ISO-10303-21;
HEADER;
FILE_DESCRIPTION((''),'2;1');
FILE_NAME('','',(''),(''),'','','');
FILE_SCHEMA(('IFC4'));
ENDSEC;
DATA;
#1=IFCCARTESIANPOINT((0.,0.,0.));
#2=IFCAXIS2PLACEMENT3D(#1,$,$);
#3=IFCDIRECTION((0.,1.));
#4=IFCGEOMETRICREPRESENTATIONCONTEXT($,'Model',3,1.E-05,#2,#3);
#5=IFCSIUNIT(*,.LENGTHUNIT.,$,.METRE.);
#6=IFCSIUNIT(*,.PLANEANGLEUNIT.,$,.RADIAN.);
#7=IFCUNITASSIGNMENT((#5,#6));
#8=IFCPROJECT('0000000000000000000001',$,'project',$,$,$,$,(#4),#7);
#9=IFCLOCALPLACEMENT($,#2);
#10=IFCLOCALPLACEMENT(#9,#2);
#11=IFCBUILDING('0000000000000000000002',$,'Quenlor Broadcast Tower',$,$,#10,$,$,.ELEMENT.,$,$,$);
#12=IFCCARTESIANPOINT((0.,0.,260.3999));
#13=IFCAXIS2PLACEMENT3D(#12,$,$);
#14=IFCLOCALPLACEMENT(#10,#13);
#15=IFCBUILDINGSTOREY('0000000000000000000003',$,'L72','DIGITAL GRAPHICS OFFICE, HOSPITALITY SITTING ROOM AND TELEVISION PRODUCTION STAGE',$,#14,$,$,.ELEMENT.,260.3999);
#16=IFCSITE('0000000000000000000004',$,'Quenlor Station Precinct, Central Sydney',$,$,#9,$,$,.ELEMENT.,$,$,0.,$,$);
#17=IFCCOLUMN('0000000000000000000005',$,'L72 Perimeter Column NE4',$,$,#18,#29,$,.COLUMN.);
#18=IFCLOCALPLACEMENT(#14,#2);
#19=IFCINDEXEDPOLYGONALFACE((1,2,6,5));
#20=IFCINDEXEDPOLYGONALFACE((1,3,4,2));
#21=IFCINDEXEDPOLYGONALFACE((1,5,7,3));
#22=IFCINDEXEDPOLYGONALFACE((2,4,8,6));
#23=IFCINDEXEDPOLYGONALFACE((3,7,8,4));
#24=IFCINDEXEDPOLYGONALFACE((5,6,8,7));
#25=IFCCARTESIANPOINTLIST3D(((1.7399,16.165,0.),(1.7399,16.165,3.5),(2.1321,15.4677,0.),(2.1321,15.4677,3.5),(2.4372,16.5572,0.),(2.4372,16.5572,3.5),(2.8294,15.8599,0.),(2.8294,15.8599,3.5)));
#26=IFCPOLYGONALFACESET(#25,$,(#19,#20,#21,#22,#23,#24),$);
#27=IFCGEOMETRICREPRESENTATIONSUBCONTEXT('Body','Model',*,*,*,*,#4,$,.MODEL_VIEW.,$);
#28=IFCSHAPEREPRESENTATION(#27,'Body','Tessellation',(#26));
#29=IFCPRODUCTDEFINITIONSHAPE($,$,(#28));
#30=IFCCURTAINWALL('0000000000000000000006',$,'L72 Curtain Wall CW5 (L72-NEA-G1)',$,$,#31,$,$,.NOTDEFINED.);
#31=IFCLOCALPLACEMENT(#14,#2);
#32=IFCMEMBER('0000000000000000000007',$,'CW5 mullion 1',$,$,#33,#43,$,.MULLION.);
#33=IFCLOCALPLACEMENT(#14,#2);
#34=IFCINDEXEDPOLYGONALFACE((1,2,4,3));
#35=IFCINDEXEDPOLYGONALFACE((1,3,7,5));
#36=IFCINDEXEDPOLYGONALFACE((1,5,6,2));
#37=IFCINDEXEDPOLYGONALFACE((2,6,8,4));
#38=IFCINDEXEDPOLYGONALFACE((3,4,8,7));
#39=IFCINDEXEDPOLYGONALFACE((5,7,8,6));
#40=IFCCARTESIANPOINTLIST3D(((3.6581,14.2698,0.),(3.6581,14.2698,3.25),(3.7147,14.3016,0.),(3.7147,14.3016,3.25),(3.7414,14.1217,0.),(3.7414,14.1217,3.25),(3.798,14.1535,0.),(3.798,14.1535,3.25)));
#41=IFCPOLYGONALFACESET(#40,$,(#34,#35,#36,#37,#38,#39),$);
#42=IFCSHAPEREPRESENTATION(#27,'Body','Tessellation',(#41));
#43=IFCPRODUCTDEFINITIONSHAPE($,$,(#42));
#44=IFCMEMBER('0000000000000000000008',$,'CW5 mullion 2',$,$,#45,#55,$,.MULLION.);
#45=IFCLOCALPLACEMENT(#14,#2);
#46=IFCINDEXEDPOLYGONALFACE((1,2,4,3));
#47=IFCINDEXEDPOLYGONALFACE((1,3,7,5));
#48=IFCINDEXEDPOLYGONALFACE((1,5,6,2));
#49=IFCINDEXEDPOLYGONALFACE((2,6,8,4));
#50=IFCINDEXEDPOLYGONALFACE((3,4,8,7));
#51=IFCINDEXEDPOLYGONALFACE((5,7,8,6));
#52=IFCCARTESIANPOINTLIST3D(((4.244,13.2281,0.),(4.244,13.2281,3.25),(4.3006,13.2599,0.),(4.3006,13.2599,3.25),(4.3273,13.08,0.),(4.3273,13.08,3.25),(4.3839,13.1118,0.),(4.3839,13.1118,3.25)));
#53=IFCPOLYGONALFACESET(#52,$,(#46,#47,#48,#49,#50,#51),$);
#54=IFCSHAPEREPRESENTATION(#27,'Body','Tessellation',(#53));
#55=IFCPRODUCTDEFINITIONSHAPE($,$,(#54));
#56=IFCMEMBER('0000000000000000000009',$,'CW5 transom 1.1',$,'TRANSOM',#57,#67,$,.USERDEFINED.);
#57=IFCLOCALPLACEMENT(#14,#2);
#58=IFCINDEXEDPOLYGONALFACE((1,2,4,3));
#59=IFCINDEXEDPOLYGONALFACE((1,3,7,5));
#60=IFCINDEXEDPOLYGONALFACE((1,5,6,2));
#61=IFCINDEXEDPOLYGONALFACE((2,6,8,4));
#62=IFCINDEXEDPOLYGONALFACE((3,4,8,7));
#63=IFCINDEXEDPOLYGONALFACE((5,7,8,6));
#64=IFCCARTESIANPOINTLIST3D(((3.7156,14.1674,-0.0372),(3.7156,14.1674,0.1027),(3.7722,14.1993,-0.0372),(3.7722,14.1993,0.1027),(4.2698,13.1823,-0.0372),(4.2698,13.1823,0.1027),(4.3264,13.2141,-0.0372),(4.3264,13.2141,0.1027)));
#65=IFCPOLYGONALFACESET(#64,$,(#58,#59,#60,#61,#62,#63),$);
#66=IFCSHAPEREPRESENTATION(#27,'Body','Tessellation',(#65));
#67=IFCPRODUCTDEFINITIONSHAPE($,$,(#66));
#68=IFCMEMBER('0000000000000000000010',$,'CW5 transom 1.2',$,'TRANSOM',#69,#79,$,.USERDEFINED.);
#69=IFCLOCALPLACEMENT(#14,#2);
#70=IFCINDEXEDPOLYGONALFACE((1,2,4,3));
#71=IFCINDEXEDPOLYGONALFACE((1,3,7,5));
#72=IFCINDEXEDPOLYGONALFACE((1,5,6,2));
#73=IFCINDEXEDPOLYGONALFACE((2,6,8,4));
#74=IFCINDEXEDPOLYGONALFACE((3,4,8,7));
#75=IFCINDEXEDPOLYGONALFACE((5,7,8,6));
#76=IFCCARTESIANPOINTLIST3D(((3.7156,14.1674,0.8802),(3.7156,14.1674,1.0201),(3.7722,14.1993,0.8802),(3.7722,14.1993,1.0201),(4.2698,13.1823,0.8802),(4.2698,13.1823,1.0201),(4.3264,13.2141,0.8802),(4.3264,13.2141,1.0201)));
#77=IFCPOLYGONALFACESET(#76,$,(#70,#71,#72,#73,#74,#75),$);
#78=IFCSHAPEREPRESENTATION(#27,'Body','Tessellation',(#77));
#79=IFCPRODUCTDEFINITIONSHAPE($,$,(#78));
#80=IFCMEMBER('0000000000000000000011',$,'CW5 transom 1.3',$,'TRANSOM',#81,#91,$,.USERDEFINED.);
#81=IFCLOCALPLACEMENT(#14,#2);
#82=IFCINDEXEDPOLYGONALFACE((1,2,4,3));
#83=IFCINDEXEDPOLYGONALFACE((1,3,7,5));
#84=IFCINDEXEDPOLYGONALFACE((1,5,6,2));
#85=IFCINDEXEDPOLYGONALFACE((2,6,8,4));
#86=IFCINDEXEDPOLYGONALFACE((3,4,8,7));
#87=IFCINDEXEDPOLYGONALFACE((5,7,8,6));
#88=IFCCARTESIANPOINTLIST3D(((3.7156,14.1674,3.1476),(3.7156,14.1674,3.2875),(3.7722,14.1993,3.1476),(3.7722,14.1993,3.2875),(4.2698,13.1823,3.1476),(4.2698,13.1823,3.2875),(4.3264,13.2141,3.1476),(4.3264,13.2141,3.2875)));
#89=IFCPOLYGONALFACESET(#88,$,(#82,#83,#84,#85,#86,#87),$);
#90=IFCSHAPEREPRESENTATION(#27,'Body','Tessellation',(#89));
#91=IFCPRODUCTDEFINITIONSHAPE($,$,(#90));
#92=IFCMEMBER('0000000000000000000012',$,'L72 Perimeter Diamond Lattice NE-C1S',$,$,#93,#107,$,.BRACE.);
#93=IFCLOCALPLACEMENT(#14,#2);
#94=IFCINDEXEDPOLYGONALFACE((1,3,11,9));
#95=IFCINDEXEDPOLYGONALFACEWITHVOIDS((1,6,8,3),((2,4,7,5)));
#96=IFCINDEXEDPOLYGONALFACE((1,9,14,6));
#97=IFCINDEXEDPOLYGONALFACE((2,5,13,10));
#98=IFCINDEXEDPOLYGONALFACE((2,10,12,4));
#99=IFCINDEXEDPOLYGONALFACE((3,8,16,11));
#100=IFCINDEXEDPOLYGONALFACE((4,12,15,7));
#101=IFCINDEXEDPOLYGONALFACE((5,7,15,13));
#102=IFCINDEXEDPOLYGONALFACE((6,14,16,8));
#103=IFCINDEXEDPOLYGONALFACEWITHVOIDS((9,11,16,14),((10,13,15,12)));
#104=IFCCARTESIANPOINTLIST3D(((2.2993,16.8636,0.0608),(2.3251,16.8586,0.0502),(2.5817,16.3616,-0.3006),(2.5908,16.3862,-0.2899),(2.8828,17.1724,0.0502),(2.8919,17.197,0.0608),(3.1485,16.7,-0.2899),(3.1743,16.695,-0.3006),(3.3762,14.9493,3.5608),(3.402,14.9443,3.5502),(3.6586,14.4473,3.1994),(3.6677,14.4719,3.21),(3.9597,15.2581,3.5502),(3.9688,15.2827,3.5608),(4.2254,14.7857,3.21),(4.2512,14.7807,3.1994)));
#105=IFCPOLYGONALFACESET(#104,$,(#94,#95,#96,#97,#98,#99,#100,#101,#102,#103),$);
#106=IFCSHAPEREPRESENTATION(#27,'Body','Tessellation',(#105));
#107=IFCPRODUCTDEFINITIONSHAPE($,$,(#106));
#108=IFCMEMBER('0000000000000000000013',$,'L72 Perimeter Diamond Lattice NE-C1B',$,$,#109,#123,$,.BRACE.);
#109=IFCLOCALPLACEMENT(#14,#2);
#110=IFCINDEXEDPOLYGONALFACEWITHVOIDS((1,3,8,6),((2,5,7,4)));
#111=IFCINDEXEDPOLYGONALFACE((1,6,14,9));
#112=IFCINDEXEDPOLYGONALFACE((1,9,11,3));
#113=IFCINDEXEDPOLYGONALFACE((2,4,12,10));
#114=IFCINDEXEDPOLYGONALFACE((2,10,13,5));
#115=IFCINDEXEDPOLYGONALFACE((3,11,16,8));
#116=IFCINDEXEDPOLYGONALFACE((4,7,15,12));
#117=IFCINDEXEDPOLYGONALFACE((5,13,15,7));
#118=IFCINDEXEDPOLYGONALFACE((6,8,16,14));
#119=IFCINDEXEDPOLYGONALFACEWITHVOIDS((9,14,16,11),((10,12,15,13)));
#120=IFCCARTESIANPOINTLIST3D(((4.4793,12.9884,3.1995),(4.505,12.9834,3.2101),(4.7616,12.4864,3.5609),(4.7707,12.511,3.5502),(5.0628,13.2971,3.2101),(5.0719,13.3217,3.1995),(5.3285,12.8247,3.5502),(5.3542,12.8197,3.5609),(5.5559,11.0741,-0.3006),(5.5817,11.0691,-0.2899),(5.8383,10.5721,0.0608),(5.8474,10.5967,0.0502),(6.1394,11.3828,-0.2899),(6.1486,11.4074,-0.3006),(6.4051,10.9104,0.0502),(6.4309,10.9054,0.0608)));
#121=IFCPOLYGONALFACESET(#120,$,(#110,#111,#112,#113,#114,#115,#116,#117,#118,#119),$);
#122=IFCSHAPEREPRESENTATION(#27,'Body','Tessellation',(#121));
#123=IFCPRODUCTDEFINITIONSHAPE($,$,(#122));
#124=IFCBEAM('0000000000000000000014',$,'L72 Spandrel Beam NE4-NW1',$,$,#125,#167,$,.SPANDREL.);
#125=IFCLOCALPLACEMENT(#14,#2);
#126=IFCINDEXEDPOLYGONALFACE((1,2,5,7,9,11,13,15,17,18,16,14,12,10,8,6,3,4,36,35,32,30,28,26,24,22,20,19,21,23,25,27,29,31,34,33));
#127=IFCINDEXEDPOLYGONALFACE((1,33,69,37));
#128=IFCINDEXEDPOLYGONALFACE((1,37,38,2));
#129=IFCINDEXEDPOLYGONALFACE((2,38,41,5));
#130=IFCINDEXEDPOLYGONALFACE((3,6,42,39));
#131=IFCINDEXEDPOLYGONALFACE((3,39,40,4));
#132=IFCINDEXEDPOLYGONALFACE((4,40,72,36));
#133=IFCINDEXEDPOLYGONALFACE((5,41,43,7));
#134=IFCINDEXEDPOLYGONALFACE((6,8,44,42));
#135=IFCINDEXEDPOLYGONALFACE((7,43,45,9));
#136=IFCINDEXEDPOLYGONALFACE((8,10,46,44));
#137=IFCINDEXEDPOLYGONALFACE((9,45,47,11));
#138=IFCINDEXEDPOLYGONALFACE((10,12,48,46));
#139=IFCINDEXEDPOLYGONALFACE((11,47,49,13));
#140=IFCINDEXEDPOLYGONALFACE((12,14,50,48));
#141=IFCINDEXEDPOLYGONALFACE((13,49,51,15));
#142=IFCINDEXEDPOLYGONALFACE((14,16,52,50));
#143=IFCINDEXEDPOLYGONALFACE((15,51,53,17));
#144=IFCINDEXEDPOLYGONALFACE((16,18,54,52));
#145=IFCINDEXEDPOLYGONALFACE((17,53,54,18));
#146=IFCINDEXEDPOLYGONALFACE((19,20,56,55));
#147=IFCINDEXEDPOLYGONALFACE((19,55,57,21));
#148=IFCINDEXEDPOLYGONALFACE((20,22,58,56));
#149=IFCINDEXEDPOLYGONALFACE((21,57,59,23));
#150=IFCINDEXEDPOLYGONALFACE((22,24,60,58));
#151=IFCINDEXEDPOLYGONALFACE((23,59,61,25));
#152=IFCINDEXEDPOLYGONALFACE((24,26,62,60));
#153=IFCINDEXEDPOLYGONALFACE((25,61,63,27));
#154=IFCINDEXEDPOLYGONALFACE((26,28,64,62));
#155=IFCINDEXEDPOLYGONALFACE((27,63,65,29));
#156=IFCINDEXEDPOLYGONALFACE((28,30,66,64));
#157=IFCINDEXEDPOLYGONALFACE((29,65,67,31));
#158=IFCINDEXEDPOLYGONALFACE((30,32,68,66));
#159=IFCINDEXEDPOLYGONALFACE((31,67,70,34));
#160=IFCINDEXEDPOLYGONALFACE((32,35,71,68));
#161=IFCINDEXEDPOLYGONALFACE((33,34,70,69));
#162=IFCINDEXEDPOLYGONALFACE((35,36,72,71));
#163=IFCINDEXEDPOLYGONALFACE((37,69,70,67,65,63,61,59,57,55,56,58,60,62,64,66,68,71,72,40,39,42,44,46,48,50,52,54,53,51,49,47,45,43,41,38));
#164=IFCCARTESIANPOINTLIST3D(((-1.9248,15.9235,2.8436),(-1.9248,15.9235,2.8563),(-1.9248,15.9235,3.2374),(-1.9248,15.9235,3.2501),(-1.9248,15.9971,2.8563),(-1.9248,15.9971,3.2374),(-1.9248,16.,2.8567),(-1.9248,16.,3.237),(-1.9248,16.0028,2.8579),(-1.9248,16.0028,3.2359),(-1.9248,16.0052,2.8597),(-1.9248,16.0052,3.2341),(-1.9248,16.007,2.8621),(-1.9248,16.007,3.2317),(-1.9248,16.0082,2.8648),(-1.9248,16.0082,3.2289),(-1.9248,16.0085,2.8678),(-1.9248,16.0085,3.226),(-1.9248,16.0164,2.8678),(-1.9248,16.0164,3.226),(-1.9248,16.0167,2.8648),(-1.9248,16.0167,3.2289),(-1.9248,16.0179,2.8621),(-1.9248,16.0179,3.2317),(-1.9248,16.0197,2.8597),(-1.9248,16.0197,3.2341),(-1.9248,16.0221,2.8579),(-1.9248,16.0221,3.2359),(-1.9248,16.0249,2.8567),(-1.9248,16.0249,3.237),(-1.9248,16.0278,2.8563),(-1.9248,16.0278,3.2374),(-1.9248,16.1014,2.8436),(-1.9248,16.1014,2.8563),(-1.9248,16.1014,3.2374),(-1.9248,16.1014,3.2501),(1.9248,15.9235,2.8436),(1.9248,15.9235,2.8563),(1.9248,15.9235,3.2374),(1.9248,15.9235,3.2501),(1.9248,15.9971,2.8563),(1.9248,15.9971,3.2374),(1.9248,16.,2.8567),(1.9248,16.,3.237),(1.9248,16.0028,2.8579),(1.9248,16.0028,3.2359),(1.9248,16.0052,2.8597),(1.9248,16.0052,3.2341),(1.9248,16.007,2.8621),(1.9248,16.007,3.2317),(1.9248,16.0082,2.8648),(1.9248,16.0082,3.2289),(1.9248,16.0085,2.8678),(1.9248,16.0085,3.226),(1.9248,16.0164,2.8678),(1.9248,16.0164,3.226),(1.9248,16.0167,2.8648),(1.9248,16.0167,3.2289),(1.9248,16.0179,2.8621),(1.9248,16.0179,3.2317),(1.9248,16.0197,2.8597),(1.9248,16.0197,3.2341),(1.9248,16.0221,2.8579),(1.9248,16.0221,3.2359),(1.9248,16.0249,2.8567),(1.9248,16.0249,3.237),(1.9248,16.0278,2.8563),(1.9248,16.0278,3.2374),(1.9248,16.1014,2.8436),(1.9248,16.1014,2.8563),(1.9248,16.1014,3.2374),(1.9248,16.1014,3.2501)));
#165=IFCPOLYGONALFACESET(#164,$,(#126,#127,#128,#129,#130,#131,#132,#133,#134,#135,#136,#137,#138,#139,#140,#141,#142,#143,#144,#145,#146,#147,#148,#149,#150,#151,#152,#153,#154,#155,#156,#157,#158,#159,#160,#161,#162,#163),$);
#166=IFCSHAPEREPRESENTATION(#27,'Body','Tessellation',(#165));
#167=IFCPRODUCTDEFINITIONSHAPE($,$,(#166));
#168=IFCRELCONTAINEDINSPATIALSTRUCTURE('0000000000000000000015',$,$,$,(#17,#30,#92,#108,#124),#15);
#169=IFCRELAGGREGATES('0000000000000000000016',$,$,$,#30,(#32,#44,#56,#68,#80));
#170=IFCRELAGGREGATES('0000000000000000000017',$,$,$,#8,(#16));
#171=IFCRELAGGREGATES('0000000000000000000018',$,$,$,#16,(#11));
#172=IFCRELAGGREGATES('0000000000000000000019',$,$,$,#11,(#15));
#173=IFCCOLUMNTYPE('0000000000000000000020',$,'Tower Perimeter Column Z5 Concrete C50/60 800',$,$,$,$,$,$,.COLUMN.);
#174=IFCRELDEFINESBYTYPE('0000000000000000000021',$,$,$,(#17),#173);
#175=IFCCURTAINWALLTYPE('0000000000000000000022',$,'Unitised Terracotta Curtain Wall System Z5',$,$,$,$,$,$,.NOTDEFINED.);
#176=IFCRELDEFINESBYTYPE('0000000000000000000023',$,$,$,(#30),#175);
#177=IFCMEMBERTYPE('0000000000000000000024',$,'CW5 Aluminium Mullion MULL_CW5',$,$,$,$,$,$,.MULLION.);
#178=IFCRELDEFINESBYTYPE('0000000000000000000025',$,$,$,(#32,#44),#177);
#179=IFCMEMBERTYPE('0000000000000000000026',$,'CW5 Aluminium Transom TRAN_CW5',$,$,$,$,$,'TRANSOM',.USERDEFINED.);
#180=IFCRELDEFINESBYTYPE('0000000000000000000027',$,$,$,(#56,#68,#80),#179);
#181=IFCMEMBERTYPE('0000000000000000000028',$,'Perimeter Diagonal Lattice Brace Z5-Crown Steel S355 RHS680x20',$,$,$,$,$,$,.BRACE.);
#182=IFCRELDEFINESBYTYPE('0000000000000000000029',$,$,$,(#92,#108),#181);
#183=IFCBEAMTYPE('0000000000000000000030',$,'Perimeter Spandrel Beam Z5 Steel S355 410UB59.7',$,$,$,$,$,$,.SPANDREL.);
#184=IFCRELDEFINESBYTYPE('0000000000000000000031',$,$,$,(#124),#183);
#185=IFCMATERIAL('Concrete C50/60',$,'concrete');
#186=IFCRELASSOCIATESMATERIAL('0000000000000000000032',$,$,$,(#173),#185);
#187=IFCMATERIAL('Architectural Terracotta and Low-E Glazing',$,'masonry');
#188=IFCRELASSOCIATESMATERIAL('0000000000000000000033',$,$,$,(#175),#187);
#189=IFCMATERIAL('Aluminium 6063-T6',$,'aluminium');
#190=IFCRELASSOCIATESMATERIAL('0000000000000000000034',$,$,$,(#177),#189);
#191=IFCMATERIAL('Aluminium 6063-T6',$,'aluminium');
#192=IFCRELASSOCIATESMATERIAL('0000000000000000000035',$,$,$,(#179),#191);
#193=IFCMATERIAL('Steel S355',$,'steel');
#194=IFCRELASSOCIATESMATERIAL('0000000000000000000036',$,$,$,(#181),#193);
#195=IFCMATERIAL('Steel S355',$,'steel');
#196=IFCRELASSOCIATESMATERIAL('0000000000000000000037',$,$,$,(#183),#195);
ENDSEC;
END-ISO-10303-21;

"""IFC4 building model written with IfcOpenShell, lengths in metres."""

from ifc_helpers import new_model, si_unit, direction, frame, origin, origin_2d, place, context, subcontext, project, spatial, rectangle, hollow_rectangle, i_section, extrude, material, material_profile, profile_set, type_object, element, aggregate, save


model = new_model("IFC4")

# Units and contexts
model_context = context("Model", 3, precision=1e-05, world=origin(), true_north=direction((0.0, 1.0)))
body_context = subcontext(model_context, "Body", "Model", "MODEL_VIEW")
ifc_project = project(units=[si_unit("LENGTHUNIT", "METRE"), si_unit("PLANEANGLEUNIT", "RADIAN")], contexts=[model_context])

# Site, building, storey
site_placement = place(None, origin())
site = spatial("IfcSite", under=ifc_project, at=site_placement, Name="Quenlor Station Precinct, Central Sydney", CompositionType="ELEMENT", RefElevation=0.0)
building_placement = place(site_placement, origin())
building = spatial("IfcBuilding", under=site, at=building_placement, Name="Quenlor Broadcast Tower", CompositionType="ELEMENT")
storey_placement = place(building_placement, frame((0.0, 0.0, 260.3999)))
storey = spatial("IfcBuildingStorey", under=building, at=storey_placement, Name="L72", Description="DIGITAL GRAPHICS OFFICE, HOSPITALITY SITTING ROOM AND TELEVISION PRODUCTION STAGE", CompositionType="ELEMENT", Elevation=260.3999)

# Column
ifc_material_1 = material(Name="Concrete C50/60", Category="concrete")
ifc_material_profile_1 = material_profile(ifc_material_1, rectangle(XDim=0.8, YDim=0.8, at=origin_2d()))
ifc_profile_set_1 = profile_set([ifc_material_profile_1], Name="Concrete C50/60 RC800x800")
column_type = type_object("IfcColumnType", Name="Tower Perimeter Column Z5 Concrete C50/60 800", PredefinedType="COLUMN", material=ifc_profile_set_1)
column_placement = place(storey_placement, frame((2.2847, 16.0125, 0.0), z_axis=(0.0, 0.0, 1.0), x_axis=(0.871575, 0.490262, 0.0)))
element("IfcColumn", 1, at=column_placement, inside=storey, type_object=column_type, Name="L72 Perimeter Column NE4", PredefinedType="COLUMN", context=body_context, shape_type="SweptSolid", body=[
    extrude(rectangle(XDim=0.8, YDim=0.8, at=origin_2d()), origin(), (0.0, 0.0, 1.0), 3.5),
])

# Curtain wall, members
ifc_material_2 = material(Name="Architectural Terracotta and Low-E Glazing", Category="masonry")
curtain_wall_type = type_object("IfcCurtainWallType", Name="Unitised Terracotta Curtain Wall System Z5", PredefinedType="NOTDEFINED", material=ifc_material_2)
curtain_wall_placement = place(storey_placement, origin())
curtain_wall = element("IfcCurtainWall", 2, at=curtain_wall_placement, inside=storey, type_object=curtain_wall_type, Name="L72 Curtain Wall CW5 (L72-NEA-G1)", PredefinedType="NOTDEFINED")
ifc_material_3 = material(Name="Aluminium 6063-T6", Category="aluminium")
ifc_material_profile_2 = material_profile(ifc_material_3, rectangle(XDim=0.0649, YDim=0.1699, at=origin_2d()))
ifc_profile_set_2 = profile_set([ifc_material_profile_2], Name="Aluminium 6063-T6 MULL65x170")
member_type_1 = type_object("IfcMemberType", Name="CW5 Aluminium Mullion MULL_CW5", PredefinedType="MULLION", material=ifc_profile_set_2)
member_1_placement = place(storey_placement, frame((3.728, 14.2117, 0.0), z_axis=(0.0, 0.0, 1.0), x_axis=(0.871559, 0.490291, 0.0)))
member_1 = element("IfcMember", 3, at=member_1_placement, type_object=member_type_1, Name="CW5 mullion 1", PredefinedType="MULLION", context=body_context, shape_type="SweptSolid", body=[
    extrude(rectangle(XDim=0.0649, YDim=0.1699, at=origin_2d()), origin(), (0.0, 0.0, 1.0), 3.25),
])
member_2_placement = place(storey_placement, frame((4.314, 13.1699, 0.0), z_axis=(0.0, 0.0, 1.0), x_axis=(0.871559, 0.490291, 0.0)))
member_2 = element("IfcMember", 4, at=member_2_placement, type_object=member_type_1, Name="CW5 mullion 2", PredefinedType="MULLION", context=body_context, shape_type="SweptSolid", body=[
    extrude(rectangle(XDim=0.0649, YDim=0.1699, at=origin_2d()), origin(), (0.0, 0.0, 1.0), 3.25),
])
ifc_material_4 = material(Name="Aluminium 6063-T6", Category="aluminium")
ifc_material_profile_3 = material_profile(ifc_material_4, rectangle(XDim=0.0649, YDim=0.1399, at=origin_2d()))
ifc_profile_set_3 = profile_set([ifc_material_profile_3], Name="Aluminium 6063-T6 TRAN65x140")
member_type_2 = type_object("IfcMemberType", Name="CW5 Aluminium Transom TRAN_CW5", ElementType="TRANSOM", PredefinedType="USERDEFINED", material=ifc_profile_set_3)
member_3_placement = place(storey_placement, frame((3.7439, 14.1833, 0.0327), z_axis=(0.490313, -0.871547, 0.0), x_axis=(0.871547, 0.490313, 0.0)))
member_3 = element("IfcMember", 5, at=member_3_placement, type_object=member_type_2, Name="CW5 transom 1.1", ObjectType="TRANSOM", PredefinedType="USERDEFINED", context=body_context, shape_type="SweptSolid", body=[
    extrude(rectangle(XDim=0.0649, YDim=0.1399, at=origin_2d()), origin(), (0.0, 0.0, 1.0), 1.1304),
])
member_4_placement = place(storey_placement, frame((3.7439, 14.1833, 0.9502), z_axis=(0.490313, -0.871547, 0.0), x_axis=(0.871547, 0.490313, 0.0)))
member_4 = element("IfcMember", 6, at=member_4_placement, type_object=member_type_2, Name="CW5 transom 1.2", ObjectType="TRANSOM", PredefinedType="USERDEFINED", context=body_context, shape_type="SweptSolid", body=[
    extrude(rectangle(XDim=0.0649, YDim=0.1399, at=origin_2d()), origin(), (0.0, 0.0, 1.0), 1.1304),
])
member_5_placement = place(storey_placement, frame((3.7439, 14.1833, 3.2175), z_axis=(0.490313, -0.871547, 0.0), x_axis=(0.871547, 0.490313, 0.0)))
member_5 = element("IfcMember", 7, at=member_5_placement, type_object=member_type_2, Name="CW5 transom 1.3", ObjectType="TRANSOM", PredefinedType="USERDEFINED", context=body_context, shape_type="SweptSolid", body=[
    extrude(rectangle(XDim=0.0649, YDim=0.1399, at=origin_2d()), origin(), (0.0, 0.0, 1.0), 1.1304),
])

# Members
ifc_material_5 = material(Name="Steel S355", Category="steel")
ifc_material_profile_4 = material_profile(ifc_material_5, hollow_rectangle(XDim=0.6799, YDim=0.6799, WallThickness=0.02, at=origin_2d()))
ifc_profile_set_4 = profile_set([ifc_material_profile_4], Name="Steel S355 RHS680x680x20")
member_type_3 = type_object("IfcMemberType", Name="Perimeter Diagonal Lattice Brace Z5-Crown Steel S355 RHS680x20", PredefinedType="BRACE", material=ifc_profile_set_4)
for number, where, z_axis, x_axis, name in (
    (8, (2.7368, 16.7793, -0.1199), (0.260619, -0.463276, 0.847026), (0.871555, 0.490298, 0.0), "L72 Perimeter Diamond Lattice NE-C1S"),
    (9, (5.9934, 10.9897, -0.1199), (-0.260564, 0.463283, 0.847039), (-0.871602, -0.490214, 0.0), "L72 Perimeter Diamond Lattice NE-C1B"),
):
    element("IfcMember", number, at=place(storey_placement, frame(where, z_axis=z_axis, x_axis=x_axis)), inside=storey, type_object=member_type_3, Name=name, PredefinedType="BRACE", context=body_context, shape_type="SweptSolid", body=[
        extrude(hollow_rectangle(XDim=0.6799, YDim=0.6799, WallThickness=0.02, at=origin_2d()), origin(), (0.0, 0.0, 1.0), 4.1321),
    ])

# Beam
ifc_material_6 = material(Name="Steel S355", Category="steel")
ifc_material_profile_5 = material_profile(ifc_material_6, i_section(OverallWidth=0.178, OverallDepth=0.4065, WebThickness=0.0078, FlangeThickness=0.0127, FilletRadius=0.0115, at=origin_2d()))
ifc_profile_set_5 = profile_set([ifc_material_profile_5], Name="Steel S355 410UB59.7")
beam_type_1 = type_object("IfcBeamType", Name="Perimeter Spandrel Beam Z5 Steel S355 410UB59.7", PredefinedType="SPANDREL", material=ifc_profile_set_5)
beam_1_placement = place(storey_placement, frame((1.9248, 16.0125, 3.0469), z_axis=(-1.0, 0.0, 0.0), x_axis=(0.0, -1.0, 0.0)))
element("IfcBeam", 10, at=beam_1_placement, inside=storey, type_object=beam_type_1, Name="L72 Spandrel Beam NE4-NW1", PredefinedType="SPANDREL", context=body_context, shape_type="SweptSolid", body=[
    extrude(i_section(OverallWidth=0.178, OverallDepth=0.4065, WebThickness=0.0078, FlangeThickness=0.0127, FilletRadius=0.0115, at=origin_2d()), origin(), (0.0, 0.0, 1.0), 3.8496),
])

aggregate(curtain_wall, [member_1, member_2, member_3, member_4, member_5])

save(model, "model.ifc")
